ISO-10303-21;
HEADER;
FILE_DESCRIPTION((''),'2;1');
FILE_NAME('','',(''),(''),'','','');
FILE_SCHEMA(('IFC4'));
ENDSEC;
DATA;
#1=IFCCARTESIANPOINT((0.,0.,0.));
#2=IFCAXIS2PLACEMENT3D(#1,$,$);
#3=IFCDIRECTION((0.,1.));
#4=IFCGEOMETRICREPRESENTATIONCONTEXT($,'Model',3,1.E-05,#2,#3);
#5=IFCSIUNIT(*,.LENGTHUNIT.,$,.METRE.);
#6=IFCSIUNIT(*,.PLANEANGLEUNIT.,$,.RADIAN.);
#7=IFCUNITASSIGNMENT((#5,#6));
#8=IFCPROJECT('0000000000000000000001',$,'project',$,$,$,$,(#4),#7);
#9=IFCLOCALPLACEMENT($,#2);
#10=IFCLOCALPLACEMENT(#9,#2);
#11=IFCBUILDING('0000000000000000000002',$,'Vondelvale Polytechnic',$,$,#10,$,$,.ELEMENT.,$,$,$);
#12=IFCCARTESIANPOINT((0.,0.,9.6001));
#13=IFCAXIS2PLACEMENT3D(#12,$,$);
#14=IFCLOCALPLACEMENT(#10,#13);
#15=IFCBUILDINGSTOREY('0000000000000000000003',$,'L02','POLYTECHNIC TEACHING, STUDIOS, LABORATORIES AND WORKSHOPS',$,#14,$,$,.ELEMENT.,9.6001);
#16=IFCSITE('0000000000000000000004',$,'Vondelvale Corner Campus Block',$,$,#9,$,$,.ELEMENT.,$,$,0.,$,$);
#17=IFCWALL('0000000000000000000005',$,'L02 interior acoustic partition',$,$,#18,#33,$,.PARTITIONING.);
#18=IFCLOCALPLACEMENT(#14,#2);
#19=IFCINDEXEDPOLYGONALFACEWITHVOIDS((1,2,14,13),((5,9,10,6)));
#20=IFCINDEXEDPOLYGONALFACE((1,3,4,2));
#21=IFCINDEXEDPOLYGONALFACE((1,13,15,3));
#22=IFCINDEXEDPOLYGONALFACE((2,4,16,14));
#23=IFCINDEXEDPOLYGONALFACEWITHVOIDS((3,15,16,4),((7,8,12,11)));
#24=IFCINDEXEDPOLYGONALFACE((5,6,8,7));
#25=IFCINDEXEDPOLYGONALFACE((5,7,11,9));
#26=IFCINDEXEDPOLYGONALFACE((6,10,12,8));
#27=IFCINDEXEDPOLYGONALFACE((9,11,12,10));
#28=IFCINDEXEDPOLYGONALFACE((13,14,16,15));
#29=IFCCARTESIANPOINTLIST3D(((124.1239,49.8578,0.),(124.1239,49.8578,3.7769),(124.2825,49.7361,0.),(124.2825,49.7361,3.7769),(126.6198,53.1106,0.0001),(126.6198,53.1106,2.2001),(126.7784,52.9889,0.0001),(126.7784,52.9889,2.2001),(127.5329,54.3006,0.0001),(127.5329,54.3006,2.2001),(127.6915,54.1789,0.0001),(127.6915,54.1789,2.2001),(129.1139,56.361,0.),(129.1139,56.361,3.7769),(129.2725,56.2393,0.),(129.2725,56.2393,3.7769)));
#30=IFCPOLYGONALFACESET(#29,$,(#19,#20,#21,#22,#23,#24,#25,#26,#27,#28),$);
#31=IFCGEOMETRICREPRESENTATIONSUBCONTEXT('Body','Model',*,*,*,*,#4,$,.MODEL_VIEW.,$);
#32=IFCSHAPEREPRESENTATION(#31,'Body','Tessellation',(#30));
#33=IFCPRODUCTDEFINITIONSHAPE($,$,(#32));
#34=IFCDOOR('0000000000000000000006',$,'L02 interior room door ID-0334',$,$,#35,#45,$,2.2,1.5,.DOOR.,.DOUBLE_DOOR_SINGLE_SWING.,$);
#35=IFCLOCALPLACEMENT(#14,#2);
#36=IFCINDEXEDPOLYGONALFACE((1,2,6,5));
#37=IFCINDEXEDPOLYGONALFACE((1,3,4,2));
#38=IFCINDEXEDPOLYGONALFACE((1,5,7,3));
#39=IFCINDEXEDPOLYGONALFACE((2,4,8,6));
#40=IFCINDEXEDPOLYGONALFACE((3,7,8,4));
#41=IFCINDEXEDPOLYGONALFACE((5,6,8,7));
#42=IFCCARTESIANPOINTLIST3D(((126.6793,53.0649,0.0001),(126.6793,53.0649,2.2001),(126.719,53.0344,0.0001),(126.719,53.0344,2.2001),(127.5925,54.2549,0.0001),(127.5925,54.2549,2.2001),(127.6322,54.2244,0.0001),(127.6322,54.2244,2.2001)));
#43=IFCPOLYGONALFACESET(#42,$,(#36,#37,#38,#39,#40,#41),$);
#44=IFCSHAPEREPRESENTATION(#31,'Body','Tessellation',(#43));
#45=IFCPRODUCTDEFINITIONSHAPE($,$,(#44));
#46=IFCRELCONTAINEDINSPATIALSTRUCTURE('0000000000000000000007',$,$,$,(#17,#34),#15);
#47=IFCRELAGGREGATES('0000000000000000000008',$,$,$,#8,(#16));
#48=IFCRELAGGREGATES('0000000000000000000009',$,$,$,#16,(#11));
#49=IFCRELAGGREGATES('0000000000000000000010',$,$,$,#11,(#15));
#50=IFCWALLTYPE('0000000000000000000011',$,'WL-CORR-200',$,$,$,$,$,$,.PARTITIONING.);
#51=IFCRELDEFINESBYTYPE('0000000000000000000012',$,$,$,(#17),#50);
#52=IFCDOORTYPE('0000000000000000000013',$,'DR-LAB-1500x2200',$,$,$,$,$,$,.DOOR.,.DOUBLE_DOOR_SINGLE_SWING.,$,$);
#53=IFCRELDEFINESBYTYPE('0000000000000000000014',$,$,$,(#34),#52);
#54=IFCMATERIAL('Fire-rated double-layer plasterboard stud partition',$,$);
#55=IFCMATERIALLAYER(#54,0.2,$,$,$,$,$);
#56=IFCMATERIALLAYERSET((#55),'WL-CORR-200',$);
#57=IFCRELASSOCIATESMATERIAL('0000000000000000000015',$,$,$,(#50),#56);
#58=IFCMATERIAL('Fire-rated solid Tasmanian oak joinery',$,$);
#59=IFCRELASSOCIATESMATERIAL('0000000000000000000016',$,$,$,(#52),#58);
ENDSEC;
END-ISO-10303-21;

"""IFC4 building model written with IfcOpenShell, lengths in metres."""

from ifc_helpers import new_model, si_unit, direction, frame, frame_2d, origin, place, context, subcontext, project, spatial, rectangle, extrude, material, layer, layer_set, type_object, element, fill, save


model = new_model("IFC4")

# Units and contexts
model_context = context("Model", 3, precision=1e-05, world=origin(), true_north=direction((0.0, 1.0)))
body_context = subcontext(model_context, "Body", "Model", "MODEL_VIEW")
ifc_project = project(units=[si_unit("LENGTHUNIT", "METRE"), si_unit("PLANEANGLEUNIT", "RADIAN")], contexts=[model_context])

# Site, building, storey
site_placement = place(None, origin())
site = spatial("IfcSite", under=ifc_project, at=site_placement, Name="Vondelvale Corner Campus Block", CompositionType="ELEMENT", RefElevation=0.0)
building_placement = place(site_placement, origin())
building = spatial("IfcBuilding", under=site, at=building_placement, Name="Vondelvale Polytechnic", CompositionType="ELEMENT")
storey_placement = place(building_placement, frame((0.0, 0.0, 9.6001)))
storey = spatial("IfcBuildingStorey", under=building, at=storey_placement, Name="L02", Description="POLYTECHNIC TEACHING, STUDIOS, LABORATORIES AND WORKSHOPS", CompositionType="ELEMENT", Elevation=9.6001)

# Wall, opening, door
ifc_material_1 = material(Name="Fire-rated double-layer plasterboard stud partition")
ifc_layer_1 = layer(ifc_material_1, 0.2)
ifc_layer_set_1 = layer_set([ifc_layer_1], Name="WL-CORR-200")
wall_type = type_object("IfcWallType", Name="WL-CORR-200", PredefinedType="PARTITIONING", material=ifc_layer_set_1)
wall_placement = place(storey_placement, frame((124.2031, 49.7969, 0.0), z_axis=(0.0, 0.0, 1.0), x_axis=(0.608756, 0.793357, 0.0)))
wall = element("IfcWall", 1, at=wall_placement, inside=storey, type_object=wall_type, Name="L02 interior acoustic partition", PredefinedType="PARTITIONING", context=body_context, shape_type="SweptSolid", body=[
    extrude(rectangle(XDim=8.197, YDim=0.2, at=frame_2d((4.0986, 0.0))), origin(), (0.0, 0.0, 1.0), 3.7769),
])
opening_placement = place(wall_placement, frame((4.1001, 0.0, 0.0)))
opening = element("IfcOpeningElement", 2, at=opening_placement, cuts=wall, PredefinedType="OPENING", context=body_context, shape_type="SweptSolid", body=[
    extrude(rectangle(XDim=1.5, YDim=2.2, at=frame_2d((0.75, 1.1001))), frame((0.0, 0.1099, 0.0), z_axis=(0.0, -1.0, 0.0), x_axis=(1.0, 0.0, 0.0)), (0.0, 0.0, 1.0), 0.22),
])
ifc_material_2 = material(Name="Fire-rated solid Tasmanian oak joinery")
door_type = type_object("IfcDoorType", Name="DR-LAB-1500x2200", OperationType="DOUBLE_DOOR_SINGLE_SWING", PredefinedType="DOOR", material=ifc_material_2)
door_placement = place(opening_placement, origin())
door = element("IfcDoor", 3, at=door_placement, inside=storey, type_object=door_type, Name="L02 interior room door ID-0334", OperationType="DOUBLE_DOOR_SINGLE_SWING", OverallHeight=2.2, OverallWidth=1.5, PredefinedType="DOOR", context=body_context, shape_type="SweptSolid", body=[
    extrude(rectangle(XDim=1.5, YDim=2.2, at=frame_2d((0.75, 1.1001))), frame((0.0, 0.0249, 0.0), z_axis=(0.0, -1.0, 0.0), x_axis=(1.0, 0.0, 0.0)), (0.0, 0.0, 1.0), 0.05),
])
fill(opening, door)

save(model, "model.ifc")
